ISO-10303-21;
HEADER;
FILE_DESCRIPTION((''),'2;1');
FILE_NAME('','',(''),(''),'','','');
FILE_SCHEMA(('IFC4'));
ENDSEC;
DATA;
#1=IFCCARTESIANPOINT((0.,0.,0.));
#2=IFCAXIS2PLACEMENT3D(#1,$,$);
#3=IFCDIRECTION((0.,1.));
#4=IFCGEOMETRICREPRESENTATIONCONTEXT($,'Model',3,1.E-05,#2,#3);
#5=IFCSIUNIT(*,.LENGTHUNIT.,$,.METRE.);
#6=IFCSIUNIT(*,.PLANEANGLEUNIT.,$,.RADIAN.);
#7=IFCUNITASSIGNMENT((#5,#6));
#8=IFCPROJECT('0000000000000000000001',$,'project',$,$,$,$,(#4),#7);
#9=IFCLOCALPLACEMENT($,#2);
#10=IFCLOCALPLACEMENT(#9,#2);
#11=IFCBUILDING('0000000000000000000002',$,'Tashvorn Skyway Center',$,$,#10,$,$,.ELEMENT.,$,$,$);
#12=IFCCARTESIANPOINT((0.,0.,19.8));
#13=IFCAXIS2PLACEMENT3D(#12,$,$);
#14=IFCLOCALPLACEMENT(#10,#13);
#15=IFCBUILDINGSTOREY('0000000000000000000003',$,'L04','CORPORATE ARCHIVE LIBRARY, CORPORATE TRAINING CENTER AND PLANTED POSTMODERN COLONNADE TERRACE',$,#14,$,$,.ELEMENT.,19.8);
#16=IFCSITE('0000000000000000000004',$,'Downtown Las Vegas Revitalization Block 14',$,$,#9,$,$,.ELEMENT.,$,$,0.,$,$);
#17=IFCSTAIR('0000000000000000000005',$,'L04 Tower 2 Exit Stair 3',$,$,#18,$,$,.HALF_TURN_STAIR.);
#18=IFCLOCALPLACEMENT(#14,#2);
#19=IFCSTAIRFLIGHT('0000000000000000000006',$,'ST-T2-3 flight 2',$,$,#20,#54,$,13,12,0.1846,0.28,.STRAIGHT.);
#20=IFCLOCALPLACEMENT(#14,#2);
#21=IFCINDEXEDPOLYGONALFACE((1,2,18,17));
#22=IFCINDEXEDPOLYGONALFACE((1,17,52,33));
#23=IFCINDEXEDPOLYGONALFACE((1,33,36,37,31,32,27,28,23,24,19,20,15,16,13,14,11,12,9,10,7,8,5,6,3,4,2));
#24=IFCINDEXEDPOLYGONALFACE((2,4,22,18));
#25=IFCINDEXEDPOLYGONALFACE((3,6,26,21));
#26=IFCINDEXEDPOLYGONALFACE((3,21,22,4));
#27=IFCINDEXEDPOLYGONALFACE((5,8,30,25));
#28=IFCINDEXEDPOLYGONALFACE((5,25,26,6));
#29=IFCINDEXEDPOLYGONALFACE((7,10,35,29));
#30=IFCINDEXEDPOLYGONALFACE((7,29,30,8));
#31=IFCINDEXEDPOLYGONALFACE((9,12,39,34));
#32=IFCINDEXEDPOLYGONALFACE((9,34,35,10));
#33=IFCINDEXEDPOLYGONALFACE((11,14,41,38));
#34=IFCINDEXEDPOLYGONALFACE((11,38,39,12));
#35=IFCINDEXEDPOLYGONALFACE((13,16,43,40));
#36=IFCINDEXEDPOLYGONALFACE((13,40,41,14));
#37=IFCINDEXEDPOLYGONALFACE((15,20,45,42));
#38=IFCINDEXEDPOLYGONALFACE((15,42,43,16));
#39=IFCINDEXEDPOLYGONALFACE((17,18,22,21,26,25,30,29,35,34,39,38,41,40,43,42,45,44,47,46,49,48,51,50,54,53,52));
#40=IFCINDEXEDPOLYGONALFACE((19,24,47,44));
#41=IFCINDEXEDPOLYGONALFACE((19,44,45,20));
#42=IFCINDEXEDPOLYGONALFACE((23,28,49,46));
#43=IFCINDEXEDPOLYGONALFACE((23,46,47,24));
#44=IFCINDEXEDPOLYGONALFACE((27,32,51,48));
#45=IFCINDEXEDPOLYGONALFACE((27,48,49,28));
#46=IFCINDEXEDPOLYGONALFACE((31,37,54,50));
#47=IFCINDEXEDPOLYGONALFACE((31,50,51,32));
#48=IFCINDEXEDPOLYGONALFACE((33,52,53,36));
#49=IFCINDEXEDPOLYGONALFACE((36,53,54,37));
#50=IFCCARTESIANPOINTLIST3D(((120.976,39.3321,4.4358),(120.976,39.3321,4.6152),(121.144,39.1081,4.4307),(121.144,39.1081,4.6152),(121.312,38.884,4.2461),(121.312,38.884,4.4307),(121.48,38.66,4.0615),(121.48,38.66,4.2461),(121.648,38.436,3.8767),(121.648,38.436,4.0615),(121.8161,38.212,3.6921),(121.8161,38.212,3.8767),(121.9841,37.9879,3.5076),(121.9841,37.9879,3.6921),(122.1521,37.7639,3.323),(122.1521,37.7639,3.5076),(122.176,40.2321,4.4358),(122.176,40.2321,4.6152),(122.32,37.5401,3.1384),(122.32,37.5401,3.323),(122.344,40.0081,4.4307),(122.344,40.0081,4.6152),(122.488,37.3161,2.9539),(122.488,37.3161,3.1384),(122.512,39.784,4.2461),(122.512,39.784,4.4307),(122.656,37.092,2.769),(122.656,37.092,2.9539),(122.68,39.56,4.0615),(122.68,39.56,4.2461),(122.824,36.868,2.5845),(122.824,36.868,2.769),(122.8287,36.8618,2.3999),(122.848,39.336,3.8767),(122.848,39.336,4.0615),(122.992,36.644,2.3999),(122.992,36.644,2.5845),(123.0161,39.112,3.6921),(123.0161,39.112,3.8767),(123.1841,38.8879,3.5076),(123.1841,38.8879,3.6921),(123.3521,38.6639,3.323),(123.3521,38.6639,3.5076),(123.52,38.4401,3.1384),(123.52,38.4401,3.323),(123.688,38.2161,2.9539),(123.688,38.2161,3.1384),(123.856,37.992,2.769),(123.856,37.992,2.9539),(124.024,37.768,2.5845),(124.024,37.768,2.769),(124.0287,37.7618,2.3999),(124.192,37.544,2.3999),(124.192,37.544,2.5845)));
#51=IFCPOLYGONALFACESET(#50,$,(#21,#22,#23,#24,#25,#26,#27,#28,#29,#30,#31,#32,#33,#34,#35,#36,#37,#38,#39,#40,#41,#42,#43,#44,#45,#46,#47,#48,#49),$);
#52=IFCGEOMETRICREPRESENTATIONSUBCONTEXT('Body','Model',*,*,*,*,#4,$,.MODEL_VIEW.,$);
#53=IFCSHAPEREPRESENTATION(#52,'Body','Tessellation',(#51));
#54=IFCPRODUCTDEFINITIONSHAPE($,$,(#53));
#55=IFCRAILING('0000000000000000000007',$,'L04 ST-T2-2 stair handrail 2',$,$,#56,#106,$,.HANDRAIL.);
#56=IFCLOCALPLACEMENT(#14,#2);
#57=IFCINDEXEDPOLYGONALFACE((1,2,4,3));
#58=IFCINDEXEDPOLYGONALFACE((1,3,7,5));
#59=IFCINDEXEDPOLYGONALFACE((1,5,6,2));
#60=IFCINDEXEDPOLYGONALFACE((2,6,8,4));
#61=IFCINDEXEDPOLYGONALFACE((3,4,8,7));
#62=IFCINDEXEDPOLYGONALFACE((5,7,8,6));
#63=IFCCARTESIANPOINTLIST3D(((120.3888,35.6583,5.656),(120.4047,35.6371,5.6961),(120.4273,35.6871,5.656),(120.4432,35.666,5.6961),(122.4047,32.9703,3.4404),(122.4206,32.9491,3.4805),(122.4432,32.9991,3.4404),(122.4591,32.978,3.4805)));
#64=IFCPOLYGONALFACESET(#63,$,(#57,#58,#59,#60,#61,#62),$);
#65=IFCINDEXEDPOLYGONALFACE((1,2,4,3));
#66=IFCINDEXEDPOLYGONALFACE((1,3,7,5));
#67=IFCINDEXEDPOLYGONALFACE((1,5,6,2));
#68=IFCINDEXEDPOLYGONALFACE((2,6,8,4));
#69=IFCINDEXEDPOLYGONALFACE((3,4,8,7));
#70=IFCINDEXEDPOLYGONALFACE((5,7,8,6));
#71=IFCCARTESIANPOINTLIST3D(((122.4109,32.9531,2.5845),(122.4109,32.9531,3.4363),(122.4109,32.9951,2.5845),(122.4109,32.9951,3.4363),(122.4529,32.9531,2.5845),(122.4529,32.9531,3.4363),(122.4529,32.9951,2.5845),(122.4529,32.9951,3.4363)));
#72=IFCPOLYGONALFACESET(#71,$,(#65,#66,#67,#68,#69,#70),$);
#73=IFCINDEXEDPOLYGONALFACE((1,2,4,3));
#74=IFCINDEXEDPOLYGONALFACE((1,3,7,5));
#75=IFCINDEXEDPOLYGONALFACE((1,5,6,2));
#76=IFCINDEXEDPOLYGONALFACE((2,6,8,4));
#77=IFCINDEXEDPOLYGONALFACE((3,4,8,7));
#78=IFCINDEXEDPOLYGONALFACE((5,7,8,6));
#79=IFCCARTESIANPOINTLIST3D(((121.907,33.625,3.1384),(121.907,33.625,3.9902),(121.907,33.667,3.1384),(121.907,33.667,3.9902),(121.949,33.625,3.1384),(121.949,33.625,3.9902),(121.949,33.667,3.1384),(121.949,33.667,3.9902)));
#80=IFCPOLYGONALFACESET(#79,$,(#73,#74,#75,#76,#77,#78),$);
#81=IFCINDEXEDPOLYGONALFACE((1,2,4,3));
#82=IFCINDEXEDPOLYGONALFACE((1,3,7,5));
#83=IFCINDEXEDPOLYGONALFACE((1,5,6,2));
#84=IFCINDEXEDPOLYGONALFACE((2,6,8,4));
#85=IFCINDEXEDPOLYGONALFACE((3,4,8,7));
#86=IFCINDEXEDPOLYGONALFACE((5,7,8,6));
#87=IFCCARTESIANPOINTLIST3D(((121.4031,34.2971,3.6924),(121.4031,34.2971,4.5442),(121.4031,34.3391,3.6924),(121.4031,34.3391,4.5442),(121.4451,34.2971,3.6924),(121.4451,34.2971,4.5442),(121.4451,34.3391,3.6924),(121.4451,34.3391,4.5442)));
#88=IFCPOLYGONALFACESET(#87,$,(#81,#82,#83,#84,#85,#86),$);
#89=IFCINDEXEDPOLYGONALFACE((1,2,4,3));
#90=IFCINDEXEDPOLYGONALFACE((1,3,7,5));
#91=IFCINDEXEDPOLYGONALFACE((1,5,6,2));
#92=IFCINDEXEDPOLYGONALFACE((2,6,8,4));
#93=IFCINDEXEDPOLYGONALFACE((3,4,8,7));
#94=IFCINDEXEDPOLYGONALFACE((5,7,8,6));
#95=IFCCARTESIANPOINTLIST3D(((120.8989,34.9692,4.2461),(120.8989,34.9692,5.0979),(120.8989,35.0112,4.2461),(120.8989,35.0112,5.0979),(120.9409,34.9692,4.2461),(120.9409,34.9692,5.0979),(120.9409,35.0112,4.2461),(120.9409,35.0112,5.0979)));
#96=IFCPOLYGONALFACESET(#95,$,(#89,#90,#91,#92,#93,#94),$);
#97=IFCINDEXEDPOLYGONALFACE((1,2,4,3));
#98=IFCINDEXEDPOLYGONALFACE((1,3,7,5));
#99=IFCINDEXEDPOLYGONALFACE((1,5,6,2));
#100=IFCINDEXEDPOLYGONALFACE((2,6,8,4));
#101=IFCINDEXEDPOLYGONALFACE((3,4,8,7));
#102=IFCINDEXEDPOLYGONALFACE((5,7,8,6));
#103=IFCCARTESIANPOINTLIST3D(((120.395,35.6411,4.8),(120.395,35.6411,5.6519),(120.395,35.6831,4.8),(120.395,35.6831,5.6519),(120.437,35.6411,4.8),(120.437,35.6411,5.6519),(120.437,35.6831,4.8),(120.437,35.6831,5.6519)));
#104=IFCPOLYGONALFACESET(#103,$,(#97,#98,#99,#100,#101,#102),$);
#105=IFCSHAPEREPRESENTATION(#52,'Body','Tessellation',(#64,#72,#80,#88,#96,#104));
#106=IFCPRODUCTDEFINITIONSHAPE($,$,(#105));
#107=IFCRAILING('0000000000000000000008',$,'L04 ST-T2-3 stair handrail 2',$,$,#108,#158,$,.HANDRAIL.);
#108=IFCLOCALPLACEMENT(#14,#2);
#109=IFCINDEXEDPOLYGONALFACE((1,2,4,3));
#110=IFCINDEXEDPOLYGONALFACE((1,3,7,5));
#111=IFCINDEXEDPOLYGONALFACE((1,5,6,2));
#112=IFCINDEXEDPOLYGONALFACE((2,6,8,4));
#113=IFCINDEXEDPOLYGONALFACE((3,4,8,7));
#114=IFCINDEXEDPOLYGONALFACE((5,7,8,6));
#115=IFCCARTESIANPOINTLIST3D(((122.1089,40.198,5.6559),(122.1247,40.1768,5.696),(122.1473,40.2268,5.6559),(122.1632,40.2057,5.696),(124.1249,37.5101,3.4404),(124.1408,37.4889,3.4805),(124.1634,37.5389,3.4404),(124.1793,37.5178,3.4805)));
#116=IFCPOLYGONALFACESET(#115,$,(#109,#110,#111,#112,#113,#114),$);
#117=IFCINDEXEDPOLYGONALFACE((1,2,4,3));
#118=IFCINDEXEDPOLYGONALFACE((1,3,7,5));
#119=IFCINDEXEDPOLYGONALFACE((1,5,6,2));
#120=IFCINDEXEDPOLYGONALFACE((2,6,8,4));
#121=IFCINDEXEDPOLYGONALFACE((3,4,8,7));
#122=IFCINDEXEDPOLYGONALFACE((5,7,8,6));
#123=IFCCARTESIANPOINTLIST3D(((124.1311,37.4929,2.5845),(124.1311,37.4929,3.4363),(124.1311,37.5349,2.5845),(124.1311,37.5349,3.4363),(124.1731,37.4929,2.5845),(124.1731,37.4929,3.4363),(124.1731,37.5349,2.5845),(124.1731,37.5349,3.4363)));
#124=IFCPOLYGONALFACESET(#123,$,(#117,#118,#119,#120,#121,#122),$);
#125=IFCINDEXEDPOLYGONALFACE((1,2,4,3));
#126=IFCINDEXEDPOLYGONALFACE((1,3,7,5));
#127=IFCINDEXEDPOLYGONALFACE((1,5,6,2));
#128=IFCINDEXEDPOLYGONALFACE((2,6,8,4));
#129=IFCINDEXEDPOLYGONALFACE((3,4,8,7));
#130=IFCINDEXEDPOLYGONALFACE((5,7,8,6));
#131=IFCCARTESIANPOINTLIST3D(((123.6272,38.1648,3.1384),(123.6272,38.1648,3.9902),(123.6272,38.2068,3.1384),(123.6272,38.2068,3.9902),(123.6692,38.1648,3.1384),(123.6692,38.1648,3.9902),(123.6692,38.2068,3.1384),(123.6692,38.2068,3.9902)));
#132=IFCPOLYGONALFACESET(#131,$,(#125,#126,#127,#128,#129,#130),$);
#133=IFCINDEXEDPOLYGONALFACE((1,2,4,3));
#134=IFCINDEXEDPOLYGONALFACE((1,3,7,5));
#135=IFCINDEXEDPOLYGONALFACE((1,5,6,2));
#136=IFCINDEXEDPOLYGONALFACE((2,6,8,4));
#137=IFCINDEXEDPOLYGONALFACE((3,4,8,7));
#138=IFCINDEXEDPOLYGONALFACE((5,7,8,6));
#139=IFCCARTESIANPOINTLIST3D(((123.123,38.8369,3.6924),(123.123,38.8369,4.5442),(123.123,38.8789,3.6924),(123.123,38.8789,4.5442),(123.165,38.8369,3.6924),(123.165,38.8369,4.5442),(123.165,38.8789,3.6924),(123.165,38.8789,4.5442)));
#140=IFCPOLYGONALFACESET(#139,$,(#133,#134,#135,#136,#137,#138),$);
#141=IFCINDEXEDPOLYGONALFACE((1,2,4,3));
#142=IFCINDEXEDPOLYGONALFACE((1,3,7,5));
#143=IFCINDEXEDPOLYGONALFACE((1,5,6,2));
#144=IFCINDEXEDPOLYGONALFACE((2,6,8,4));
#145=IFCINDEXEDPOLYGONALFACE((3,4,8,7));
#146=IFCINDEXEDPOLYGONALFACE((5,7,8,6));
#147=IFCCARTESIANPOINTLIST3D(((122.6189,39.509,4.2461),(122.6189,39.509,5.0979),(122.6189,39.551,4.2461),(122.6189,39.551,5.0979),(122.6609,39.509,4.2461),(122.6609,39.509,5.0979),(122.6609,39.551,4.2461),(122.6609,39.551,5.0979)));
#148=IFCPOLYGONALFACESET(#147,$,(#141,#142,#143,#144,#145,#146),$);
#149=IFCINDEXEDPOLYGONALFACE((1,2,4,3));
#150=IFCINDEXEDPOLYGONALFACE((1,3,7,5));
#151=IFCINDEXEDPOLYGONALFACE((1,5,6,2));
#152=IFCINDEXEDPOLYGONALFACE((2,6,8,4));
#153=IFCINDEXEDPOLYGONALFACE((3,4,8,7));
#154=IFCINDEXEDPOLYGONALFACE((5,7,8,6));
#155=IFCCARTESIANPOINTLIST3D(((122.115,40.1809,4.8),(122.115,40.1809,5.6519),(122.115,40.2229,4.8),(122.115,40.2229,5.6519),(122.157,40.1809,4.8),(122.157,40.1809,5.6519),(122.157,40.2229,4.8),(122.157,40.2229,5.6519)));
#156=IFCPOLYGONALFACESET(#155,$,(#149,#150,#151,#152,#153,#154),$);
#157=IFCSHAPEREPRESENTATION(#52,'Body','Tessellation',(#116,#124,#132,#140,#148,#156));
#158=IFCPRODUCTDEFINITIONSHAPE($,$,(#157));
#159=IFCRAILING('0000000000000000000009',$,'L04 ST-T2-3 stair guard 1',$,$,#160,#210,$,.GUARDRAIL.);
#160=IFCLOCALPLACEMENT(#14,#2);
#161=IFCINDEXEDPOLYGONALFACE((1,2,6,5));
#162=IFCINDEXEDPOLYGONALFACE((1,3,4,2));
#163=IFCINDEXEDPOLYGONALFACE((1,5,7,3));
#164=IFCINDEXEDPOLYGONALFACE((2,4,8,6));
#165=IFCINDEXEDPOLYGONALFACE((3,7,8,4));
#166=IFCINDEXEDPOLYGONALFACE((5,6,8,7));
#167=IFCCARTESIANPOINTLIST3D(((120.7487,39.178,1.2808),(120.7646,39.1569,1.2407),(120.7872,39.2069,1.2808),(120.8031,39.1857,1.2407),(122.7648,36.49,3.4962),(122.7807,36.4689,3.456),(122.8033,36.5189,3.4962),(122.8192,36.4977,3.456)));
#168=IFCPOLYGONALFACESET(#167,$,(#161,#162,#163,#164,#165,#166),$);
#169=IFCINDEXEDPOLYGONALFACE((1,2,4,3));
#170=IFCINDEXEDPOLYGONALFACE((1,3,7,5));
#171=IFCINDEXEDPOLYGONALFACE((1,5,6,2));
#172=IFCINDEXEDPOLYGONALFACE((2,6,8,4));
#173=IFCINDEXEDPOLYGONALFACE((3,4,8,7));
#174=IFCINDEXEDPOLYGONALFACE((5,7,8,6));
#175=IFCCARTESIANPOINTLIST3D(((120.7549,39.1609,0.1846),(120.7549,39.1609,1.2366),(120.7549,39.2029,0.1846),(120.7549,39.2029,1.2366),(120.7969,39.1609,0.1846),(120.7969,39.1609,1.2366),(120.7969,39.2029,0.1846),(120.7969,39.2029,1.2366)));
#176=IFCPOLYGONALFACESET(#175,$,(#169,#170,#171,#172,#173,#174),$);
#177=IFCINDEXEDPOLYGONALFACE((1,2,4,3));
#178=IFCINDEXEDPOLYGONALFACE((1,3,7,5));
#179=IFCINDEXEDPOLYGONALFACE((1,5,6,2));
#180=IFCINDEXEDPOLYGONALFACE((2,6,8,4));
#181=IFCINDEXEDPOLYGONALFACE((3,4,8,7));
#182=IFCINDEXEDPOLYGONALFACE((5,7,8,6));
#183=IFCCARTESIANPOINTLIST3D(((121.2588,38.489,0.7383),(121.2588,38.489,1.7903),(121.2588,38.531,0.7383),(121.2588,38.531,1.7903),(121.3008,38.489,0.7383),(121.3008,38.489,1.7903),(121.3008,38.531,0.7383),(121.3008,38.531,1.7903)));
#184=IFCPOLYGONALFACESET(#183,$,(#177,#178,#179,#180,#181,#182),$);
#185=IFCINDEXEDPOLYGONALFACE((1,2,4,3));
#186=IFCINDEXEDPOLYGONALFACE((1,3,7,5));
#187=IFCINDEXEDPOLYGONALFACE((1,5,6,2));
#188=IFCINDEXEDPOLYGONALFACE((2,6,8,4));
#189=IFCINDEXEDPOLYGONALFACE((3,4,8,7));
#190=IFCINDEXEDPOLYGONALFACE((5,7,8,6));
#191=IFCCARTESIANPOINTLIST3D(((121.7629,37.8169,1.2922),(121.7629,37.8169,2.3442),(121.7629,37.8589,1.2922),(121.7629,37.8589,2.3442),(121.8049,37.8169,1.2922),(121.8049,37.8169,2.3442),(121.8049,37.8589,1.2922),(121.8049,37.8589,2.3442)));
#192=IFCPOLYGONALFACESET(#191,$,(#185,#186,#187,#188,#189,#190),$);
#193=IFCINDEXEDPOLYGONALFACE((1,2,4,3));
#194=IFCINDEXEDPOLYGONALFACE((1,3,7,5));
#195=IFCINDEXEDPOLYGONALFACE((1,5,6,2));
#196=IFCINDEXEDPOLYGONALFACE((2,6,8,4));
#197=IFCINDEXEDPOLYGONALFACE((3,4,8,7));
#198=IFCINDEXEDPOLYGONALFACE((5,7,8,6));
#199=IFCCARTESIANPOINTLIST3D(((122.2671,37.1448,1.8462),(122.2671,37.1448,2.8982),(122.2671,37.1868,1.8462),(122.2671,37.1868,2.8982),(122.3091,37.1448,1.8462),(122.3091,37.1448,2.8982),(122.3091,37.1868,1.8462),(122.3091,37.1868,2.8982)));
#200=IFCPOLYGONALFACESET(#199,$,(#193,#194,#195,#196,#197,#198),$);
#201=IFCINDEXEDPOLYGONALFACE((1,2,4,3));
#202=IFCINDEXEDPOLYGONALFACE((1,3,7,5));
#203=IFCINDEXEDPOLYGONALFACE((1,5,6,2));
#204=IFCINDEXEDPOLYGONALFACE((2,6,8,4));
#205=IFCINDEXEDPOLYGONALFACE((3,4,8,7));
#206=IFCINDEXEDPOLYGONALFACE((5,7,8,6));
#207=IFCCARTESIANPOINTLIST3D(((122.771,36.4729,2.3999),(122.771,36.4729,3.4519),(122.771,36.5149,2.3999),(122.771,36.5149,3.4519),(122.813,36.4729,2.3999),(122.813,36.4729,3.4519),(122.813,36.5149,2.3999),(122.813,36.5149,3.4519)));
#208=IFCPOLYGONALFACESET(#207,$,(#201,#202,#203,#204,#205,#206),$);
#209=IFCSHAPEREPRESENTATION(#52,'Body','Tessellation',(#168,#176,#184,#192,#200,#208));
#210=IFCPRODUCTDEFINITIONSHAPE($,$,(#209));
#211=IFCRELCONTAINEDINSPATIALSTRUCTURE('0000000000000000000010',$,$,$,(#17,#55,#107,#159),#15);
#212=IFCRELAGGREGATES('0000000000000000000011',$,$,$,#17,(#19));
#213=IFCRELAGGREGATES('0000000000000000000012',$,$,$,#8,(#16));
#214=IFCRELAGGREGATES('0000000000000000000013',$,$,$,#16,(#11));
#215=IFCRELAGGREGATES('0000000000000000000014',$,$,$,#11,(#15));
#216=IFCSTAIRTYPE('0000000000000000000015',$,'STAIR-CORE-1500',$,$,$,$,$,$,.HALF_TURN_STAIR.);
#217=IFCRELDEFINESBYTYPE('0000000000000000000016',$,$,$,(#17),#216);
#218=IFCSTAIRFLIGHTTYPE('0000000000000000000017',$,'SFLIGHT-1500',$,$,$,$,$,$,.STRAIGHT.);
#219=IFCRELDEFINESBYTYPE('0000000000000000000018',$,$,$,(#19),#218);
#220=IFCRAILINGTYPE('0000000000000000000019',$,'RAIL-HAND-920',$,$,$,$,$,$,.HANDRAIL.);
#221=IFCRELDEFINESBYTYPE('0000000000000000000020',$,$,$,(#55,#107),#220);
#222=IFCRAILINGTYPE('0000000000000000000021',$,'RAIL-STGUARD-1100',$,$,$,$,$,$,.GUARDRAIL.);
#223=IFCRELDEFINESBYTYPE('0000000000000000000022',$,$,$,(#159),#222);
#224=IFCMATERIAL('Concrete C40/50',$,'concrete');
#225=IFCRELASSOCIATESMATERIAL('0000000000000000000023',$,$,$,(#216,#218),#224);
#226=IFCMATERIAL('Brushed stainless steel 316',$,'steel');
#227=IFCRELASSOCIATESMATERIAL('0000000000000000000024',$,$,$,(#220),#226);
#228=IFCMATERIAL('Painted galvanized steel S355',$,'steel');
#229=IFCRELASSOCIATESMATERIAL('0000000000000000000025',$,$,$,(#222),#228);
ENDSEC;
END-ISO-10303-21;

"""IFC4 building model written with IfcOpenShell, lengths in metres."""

from ifc_helpers import new_model, si_unit, direction, frame, origin, origin_2d, place, context, subcontext, project, spatial, polyline, rectangle, outline, extrude, material, type_object, element, aggregate, save


model = new_model("IFC4")

# Units and contexts
model_context = context("Model", 3, precision=1e-05, world=origin(), true_north=direction((0.0, 1.0)))
body_context = subcontext(model_context, "Body", "Model", "MODEL_VIEW")
ifc_project = project(units=[si_unit("LENGTHUNIT", "METRE"), si_unit("PLANEANGLEUNIT", "RADIAN")], contexts=[model_context])

# Site, building, storey
site_placement = place(None, origin())
site = spatial("IfcSite", under=ifc_project, at=site_placement, Name="Downtown Las Vegas Revitalization Block 14", CompositionType="ELEMENT", RefElevation=0.0)
building_placement = place(site_placement, origin())
building = spatial("IfcBuilding", under=site, at=building_placement, Name="Tashvorn Skyway Center", CompositionType="ELEMENT")
storey_placement = place(building_placement, frame((0.0, 0.0, 19.8)))
storey = spatial("IfcBuildingStorey", under=building, at=storey_placement, Name="L04", Description="CORPORATE ARCHIVE LIBRARY, CORPORATE TRAINING CENTER AND PLANTED POSTMODERN COLONNADE TERRACE", CompositionType="ELEMENT", Elevation=19.8)

# Shared definitions
ifc_material_1 = material(Name="Concrete C40/50", Category="concrete")

# Stair, stair flight
stair_type = type_object("IfcStairType", Name="STAIR-CORE-1500", PredefinedType="HALF_TURN_STAIR", material=ifc_material_1)
stair_placement = place(storey_placement, origin())
stair = element("IfcStair", 1, at=stair_placement, inside=storey, type_object=stair_type, Name="L04 Tower 2 Exit Stair 3", PredefinedType="HALF_TURN_STAIR")
stair_flight_type = type_object("IfcStairFlightType", Name="SFLIGHT-1500", PredefinedType="STRAIGHT", material=ifc_material_1)
stair_flight_placement = place(storey_placement, frame((123.592, 37.094, 2.3999), z_axis=(0.0, 0.0, 1.0), x_axis=(-0.6, 0.8, 0.0)))
stair_flight = element("IfcStairFlight", 2, at=stair_flight_placement, type_object=stair_flight_type, Name="ST-T2-3 flight 2", NumberOfRisers=13, NumberOfTreads=12, PredefinedType="STRAIGHT", RiserHeight=0.1846, TreadLength=0.28, context=body_context, shape_type="SweptSolid", body=[
    extrude(outline(polyline([(0.0, 0.0), (0.0, 0.1846), (0.28, 0.1846), (0.28, 0.3691), (0.5601, 0.3691), (0.5601, 0.554), (0.8401, 0.554), (0.8401, 0.7385), (1.1201, 0.7385), (1.1201, 0.9231), (1.3999, 0.9231), (1.3999, 1.1077), (1.6799, 1.1077), (1.6799, 1.2922), (1.96, 1.2922), (1.96, 1.4768), (2.24, 1.4768), (2.24, 1.6616), (2.52, 1.6616), (2.52, 1.8462), (2.8, 1.8462), (2.8, 2.0308), (3.0801, 2.0308), (3.0801, 2.2153), (3.3601, 2.2153), (3.3601, 2.3999), (3.3601, 2.0359), (0.2722, 0.0), (0.0, 0.0)])), frame((0.0, 0.75, 0.0), z_axis=(0.0, -1.0, 0.0), x_axis=(1.0, 0.0, 0.0)), (0.0, 0.0, 1.0), 1.5),
])
aggregate(stair, [stair_flight])

# Railings
ifc_material_2 = material(Name="Brushed stainless steel 316", Category="steel")
railing_type_1 = type_object("IfcRailingType", Name="RAIL-HAND-920", PredefinedType="HANDRAIL", material=ifc_material_2)
railing_1_placement = place(storey_placement, frame((122.4319, 32.9741, 2.5845)))
element("IfcRailing", 3, at=railing_1_placement, inside=storey, type_object=railing_type_1, Name="L04 ST-T2-2 stair handrail 2", PredefinedType="HANDRAIL", context=body_context, shape_type="SweptSolid", body=[
    extrude(rectangle(XDim=0.0481, YDim=0.0481, at=origin_2d()), frame((0.0, 0.0, 0.876), z_axis=(-0.500881, 0.667882, 0.550502), x_axis=(-0.800017, -0.599977, 0.0)), (0.0, 0.0, 1.0), 4.0247),
    extrude(rectangle(XDim=0.042, YDim=0.042, at=origin_2d()), origin(), (0.0, 0.0, 1.0), 0.8518),
    extrude(rectangle(XDim=0.042, YDim=0.042, at=origin_2d()), frame((-0.5039, 0.6719, 0.554)), (0.0, 0.0, 1.0), 0.8518),
    extrude(rectangle(XDim=0.042, YDim=0.042, at=origin_2d()), frame((-1.0078, 1.344, 1.1079)), (0.0, 0.0, 1.0), 0.8518),
    extrude(rectangle(XDim=0.042, YDim=0.042, at=origin_2d()), frame((-1.512, 2.0161, 1.6616)), (0.0, 0.0, 1.0), 0.8518),
    extrude(rectangle(XDim=0.042, YDim=0.042, at=origin_2d()), frame((-2.0159, 2.688, 2.2156)), (0.0, 0.0, 1.0), 0.8518),
])
railing_2_placement = place(storey_placement, frame((124.1521, 37.5139, 2.5845)))
element("IfcRailing", 4, at=railing_2_placement, inside=storey, type_object=railing_type_1, Name="L04 ST-T2-3 stair handrail 2", PredefinedType="HANDRAIL", context=body_context, shape_type="SweptSolid", body=[
    extrude(rectangle(XDim=0.0481, YDim=0.0481, at=origin_2d()), frame((0.0, 0.0, 0.876), z_axis=(-0.500926, 0.667861, 0.550485), x_axis=(-0.799983, -0.600023, 0.0)), (0.0, 0.0, 1.0), 4.0247),
    extrude(rectangle(XDim=0.042, YDim=0.042, at=origin_2d()), origin(), (0.0, 0.0, 1.0), 0.8518),
    extrude(rectangle(XDim=0.042, YDim=0.042, at=origin_2d()), frame((-0.5039, 0.6719, 0.554)), (0.0, 0.0, 1.0), 0.8518),
    extrude(rectangle(XDim=0.042, YDim=0.042, at=origin_2d()), frame((-1.0081, 1.344, 1.1079)), (0.0, 0.0, 1.0), 0.8518),
    extrude(rectangle(XDim=0.042, YDim=0.042, at=origin_2d()), frame((-1.5122, 2.0161, 1.6616)), (0.0, 0.0, 1.0), 0.8518),
    extrude(rectangle(XDim=0.042, YDim=0.042, at=origin_2d()), frame((-2.0161, 2.688, 2.2156)), (0.0, 0.0, 1.0), 0.8518),
])
ifc_material_3 = material(Name="Painted galvanized steel S355", Category="steel")
railing_type_2 = type_object("IfcRailingType", Name="RAIL-STGUARD-1100", PredefinedType="GUARDRAIL", material=ifc_material_3)
railing_3_placement = place(storey_placement, frame((120.7759, 39.1819, 0.1846)))
element("IfcRailing", 5, at=railing_3_placement, inside=storey, type_object=railing_type_2, Name="L04 ST-T2-3 stair guard 1", PredefinedType="GUARDRAIL", context=body_context, shape_type="SweptSolid", body=[
    extrude(rectangle(XDim=0.0481, YDim=0.0481, at=origin_2d()), frame((0.0, 0.0, 1.0762), z_axis=(0.500943, -0.667884, 0.550443), x_axis=(0.799983, 0.600023, 0.0)), (0.0, 0.0, 1.0), 4.0247),
    extrude(rectangle(XDim=0.042, YDim=0.042, at=origin_2d()), origin(), (0.0, 0.0, 1.0), 1.052),
    extrude(rectangle(XDim=0.042, YDim=0.042, at=origin_2d()), frame((0.5039, -0.6719, 0.5537)), (0.0, 0.0, 1.0), 1.052),
    extrude(rectangle(XDim=0.042, YDim=0.042, at=origin_2d()), frame((1.0081, -1.344, 1.1077)), (0.0, 0.0, 1.0), 1.052),
    extrude(rectangle(XDim=0.042, YDim=0.042, at=origin_2d()), frame((1.5122, -2.0161, 1.6616)), (0.0, 0.0, 1.0), 1.052),
    extrude(rectangle(XDim=0.042, YDim=0.042, at=origin_2d()), frame((2.0161, -2.688, 2.2153)), (0.0, 0.0, 1.0), 1.052),
])

save(model, "model.ifc")
